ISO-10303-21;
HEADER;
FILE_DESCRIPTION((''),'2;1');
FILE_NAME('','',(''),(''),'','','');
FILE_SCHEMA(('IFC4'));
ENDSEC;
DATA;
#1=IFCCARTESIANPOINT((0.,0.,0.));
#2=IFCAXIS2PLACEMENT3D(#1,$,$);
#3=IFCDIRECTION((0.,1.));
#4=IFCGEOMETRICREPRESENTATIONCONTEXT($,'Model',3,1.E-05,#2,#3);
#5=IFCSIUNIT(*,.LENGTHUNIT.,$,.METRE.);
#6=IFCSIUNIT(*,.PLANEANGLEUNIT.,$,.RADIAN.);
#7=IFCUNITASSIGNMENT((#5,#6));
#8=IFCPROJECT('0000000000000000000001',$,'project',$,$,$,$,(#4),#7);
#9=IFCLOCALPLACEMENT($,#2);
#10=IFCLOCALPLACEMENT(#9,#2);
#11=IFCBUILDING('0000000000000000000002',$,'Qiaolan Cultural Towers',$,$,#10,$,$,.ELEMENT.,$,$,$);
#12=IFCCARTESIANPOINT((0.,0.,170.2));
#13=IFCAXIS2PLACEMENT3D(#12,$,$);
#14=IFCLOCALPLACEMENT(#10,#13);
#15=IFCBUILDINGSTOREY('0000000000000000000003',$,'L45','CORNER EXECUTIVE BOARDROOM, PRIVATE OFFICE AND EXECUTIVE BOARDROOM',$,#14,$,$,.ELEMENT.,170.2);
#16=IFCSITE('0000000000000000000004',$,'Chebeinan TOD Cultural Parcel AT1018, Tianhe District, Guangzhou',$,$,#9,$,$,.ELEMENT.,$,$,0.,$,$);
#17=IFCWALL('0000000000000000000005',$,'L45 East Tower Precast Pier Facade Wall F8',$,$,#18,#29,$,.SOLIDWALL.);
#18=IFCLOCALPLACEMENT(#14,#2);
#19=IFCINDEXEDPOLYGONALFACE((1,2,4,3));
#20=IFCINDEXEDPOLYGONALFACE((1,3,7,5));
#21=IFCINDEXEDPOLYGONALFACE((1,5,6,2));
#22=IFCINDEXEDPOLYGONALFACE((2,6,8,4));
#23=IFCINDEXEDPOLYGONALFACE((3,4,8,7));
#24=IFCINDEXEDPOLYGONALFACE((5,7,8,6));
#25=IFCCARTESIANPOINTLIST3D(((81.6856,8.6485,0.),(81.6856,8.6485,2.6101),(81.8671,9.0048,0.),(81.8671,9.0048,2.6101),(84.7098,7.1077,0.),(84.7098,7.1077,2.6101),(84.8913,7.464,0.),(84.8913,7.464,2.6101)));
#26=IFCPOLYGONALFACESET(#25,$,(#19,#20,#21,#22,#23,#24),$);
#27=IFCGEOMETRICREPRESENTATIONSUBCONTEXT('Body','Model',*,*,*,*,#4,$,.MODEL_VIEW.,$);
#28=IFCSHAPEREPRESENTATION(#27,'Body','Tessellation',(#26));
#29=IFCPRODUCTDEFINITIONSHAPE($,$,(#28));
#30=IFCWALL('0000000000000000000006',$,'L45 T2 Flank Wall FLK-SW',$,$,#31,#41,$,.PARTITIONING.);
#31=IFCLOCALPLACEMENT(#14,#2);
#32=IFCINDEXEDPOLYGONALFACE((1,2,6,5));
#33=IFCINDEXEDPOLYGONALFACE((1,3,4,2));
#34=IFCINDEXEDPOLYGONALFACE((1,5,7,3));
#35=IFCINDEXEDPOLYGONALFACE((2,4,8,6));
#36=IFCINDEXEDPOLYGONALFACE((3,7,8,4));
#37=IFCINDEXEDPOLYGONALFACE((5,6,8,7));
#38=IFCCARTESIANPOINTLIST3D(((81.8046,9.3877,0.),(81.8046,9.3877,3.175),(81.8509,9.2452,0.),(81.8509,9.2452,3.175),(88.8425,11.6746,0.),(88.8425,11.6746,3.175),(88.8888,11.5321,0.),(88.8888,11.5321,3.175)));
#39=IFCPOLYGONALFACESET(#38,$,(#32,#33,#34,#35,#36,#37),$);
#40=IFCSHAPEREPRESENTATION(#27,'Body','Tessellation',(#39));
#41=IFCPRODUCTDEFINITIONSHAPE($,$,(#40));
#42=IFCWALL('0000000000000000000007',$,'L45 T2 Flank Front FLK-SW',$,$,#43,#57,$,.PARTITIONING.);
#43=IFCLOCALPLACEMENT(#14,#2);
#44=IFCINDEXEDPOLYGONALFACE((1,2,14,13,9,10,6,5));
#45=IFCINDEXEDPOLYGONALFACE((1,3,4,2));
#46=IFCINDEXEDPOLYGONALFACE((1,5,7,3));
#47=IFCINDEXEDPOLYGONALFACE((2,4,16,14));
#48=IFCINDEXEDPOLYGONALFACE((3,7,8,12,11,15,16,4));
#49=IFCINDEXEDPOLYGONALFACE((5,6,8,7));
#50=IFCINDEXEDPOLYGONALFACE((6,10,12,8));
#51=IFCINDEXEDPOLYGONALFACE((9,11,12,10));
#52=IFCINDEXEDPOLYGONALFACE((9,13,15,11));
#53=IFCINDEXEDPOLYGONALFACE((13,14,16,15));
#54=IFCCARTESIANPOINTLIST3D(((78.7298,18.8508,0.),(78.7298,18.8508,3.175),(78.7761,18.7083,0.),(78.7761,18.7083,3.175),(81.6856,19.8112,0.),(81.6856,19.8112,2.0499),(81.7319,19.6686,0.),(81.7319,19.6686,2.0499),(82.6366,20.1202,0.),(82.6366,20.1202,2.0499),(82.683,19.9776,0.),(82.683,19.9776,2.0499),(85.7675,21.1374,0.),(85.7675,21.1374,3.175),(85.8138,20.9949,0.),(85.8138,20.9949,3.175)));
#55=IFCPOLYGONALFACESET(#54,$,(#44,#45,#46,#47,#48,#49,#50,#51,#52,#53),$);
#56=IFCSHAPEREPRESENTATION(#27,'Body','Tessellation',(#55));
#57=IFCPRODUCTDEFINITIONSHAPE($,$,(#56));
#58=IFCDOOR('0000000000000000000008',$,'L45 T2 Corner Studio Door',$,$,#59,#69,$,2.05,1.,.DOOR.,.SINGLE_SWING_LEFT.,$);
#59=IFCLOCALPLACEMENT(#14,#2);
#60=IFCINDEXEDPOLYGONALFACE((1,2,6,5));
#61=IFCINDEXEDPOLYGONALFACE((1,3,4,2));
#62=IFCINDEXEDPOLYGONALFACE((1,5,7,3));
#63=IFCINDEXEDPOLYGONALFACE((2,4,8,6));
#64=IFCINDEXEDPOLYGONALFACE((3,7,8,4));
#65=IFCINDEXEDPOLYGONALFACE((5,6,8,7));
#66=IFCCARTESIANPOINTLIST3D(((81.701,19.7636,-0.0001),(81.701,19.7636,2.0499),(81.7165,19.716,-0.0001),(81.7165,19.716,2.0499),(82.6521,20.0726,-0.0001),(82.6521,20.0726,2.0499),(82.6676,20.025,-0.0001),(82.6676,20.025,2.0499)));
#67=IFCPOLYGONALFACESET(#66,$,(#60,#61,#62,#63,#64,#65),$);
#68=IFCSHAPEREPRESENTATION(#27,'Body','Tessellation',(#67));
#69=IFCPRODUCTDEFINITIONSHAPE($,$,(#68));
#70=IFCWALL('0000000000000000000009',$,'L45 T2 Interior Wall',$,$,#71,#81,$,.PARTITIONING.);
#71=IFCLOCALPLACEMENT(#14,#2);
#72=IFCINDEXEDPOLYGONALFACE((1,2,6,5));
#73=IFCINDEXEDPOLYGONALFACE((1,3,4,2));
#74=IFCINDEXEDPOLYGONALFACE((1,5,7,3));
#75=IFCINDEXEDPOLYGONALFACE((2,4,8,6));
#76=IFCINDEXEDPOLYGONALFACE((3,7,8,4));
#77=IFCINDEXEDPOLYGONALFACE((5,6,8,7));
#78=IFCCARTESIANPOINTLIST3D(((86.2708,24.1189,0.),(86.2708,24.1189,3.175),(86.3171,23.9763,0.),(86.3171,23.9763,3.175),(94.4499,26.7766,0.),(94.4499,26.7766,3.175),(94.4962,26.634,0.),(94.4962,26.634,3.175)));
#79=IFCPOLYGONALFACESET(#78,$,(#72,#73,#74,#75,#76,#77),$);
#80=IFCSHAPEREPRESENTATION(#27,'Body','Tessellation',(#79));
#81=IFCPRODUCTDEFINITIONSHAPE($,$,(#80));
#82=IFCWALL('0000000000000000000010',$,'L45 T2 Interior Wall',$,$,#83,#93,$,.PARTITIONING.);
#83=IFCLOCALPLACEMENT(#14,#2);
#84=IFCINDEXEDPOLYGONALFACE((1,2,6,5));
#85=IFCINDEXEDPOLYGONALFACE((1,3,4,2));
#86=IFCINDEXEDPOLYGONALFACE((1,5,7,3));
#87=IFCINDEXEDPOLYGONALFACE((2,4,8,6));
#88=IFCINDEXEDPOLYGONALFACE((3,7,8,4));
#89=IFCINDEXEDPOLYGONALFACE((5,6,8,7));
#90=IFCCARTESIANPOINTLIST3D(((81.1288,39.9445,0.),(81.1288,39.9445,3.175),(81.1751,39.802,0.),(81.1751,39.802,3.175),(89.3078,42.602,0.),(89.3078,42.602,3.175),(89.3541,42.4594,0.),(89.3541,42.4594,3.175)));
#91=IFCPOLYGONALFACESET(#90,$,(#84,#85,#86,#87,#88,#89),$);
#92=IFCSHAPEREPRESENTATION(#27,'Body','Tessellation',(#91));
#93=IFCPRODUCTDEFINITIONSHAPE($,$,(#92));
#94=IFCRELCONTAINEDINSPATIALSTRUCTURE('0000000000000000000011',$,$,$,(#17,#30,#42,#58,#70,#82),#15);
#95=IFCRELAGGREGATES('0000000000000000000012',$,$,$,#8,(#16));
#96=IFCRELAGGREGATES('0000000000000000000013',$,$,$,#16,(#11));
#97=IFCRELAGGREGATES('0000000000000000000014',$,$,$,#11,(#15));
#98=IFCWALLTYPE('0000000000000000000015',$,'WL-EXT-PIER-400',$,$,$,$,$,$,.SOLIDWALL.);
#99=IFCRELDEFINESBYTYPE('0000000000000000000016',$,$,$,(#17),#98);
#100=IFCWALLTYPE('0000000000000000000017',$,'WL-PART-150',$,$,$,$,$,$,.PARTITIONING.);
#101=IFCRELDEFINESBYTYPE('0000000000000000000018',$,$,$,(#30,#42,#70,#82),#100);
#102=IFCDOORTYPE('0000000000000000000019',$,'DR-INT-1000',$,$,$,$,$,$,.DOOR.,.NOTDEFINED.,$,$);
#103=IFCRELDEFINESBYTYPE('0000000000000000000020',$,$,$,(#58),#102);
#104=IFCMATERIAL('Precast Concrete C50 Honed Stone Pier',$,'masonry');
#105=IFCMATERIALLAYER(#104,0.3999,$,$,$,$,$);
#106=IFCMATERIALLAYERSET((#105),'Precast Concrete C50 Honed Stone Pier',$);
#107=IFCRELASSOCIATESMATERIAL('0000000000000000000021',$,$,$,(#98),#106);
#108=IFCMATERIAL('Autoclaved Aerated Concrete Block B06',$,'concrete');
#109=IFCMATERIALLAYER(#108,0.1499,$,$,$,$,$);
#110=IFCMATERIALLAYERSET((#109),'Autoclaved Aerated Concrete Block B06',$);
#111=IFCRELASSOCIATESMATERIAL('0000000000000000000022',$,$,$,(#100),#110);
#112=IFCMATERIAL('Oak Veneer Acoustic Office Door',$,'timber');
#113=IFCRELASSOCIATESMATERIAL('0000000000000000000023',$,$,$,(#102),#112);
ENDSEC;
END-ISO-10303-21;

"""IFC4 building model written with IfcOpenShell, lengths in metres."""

from ifc_helpers import new_model, si_unit, direction, frame, frame_2d, origin, place, context, subcontext, project, spatial, rectangle, extrude, material, layer, layer_set, type_object, element, fill, save


model = new_model("IFC4")

# Units and contexts
model_context = context("Model", 3, precision=1e-05, world=origin(), true_north=direction((0.0, 1.0)))
body_context = subcontext(model_context, "Body", "Model", "MODEL_VIEW")
ifc_project = project(units=[si_unit("LENGTHUNIT", "METRE"), si_unit("PLANEANGLEUNIT", "RADIAN")], contexts=[model_context])

# Site, building, storey
site_placement = place(None, origin())
site = spatial("IfcSite", under=ifc_project, at=site_placement, Name="Chebeinan TOD Cultural Parcel AT1018, Tianhe District, Guangzhou", CompositionType="ELEMENT", RefElevation=0.0)
building_placement = place(site_placement, origin())
building = spatial("IfcBuilding", under=site, at=building_placement, Name="Qiaolan Cultural Towers", CompositionType="ELEMENT")
storey_placement = place(building_placement, frame((0.0, 0.0, 170.2)))
storey = spatial("IfcBuildingStorey", under=building, at=storey_placement, Name="L45", Description="CORNER EXECUTIVE BOARDROOM, PRIVATE OFFICE AND EXECUTIVE BOARDROOM", CompositionType="ELEMENT", Elevation=170.2)

# Walls
ifc_material_1 = material(Name="Precast Concrete C50 Honed Stone Pier", Category="masonry")
ifc_layer_1 = layer(ifc_material_1, 0.3999)
ifc_layer_set_1 = layer_set([ifc_layer_1], Name="Precast Concrete C50 Honed Stone Pier")
wall_type_1 = type_object("IfcWallType", Name="WL-EXT-PIER-400", PredefinedType="SOLIDWALL", material=ifc_layer_set_1)
wall_1_placement = place(storey_placement, frame((84.8005, 7.2859, 0.0), z_axis=(0.0, 0.0, 1.0), x_axis=(-0.891021, 0.453962, 0.0)))
element("IfcWall", 1, at=wall_1_placement, inside=storey, type_object=wall_type_1, Name="L45 East Tower Precast Pier Facade Wall F8", PredefinedType="SOLIDWALL", context=body_context, shape_type="SweptSolid", body=[
    extrude(rectangle(XDim=3.394, YDim=0.3999, at=frame_2d((1.697, 0.0))), origin(), (0.0, 0.0, 1.0), 2.6101),
])
ifc_material_2 = material(Name="Autoclaved Aerated Concrete Block B06", Category="concrete")
ifc_layer_2 = layer(ifc_material_2, 0.1499)
ifc_layer_set_2 = layer_set([ifc_layer_2], Name="Autoclaved Aerated Concrete Block B06")
wall_type_2 = type_object("IfcWallType", Name="WL-PART-150", PredefinedType="PARTITIONING", material=ifc_layer_set_2)
wall_2_placement = place(storey_placement, frame((81.8276, 9.3164, 0.0), z_axis=(0.0, 0.0, 1.0), x_axis=(0.951051, 0.309033, 0.0)))
element("IfcWall", 2, at=wall_2_placement, inside=storey, type_object=wall_type_2, Name="L45 T2 Flank Wall FLK-SW", PredefinedType="PARTITIONING", context=body_context, shape_type="SweptSolid", body=[
    extrude(rectangle(XDim=7.4001, YDim=0.1499, at=frame_2d((3.7002, 0.0))), origin(), (0.0, 0.0, 1.0), 3.175),
])

# Wall, opening, door
wall_3_placement = place(storey_placement, frame((78.7529, 18.7795, 0.0), z_axis=(0.0, 0.0, 1.0), x_axis=(0.951061, 0.309003, 0.0)))
wall_3 = element("IfcWall", 3, at=wall_3_placement, inside=storey, type_object=wall_type_2, Name="L45 T2 Flank Front FLK-SW", PredefinedType="PARTITIONING", context=body_context, shape_type="SweptSolid", body=[
    extrude(rectangle(XDim=7.3999, YDim=0.1499, at=frame_2d((3.7, 0.0))), origin(), (0.0, 0.0, 1.0), 3.175),
])
opening_1_placement = place(wall_3_placement, frame((3.1079, 0.0, 0.0)))
opening_1 = element("IfcOpeningElement", 4, at=opening_1_placement, cuts=wall_3, PredefinedType="OPENING", context=body_context, shape_type="SweptSolid", body=[
    extrude(rectangle(XDim=1.0, YDim=2.05, at=frame_2d((0.5, 1.0249))), frame((0.0, 0.085, 0.0), z_axis=(0.0, -1.0, 0.0), x_axis=(1.0, 0.0, 0.0)), (0.0, 0.0, 1.0), 0.1699),
])
ifc_material_3 = material(Name="Oak Veneer Acoustic Office Door", Category="timber")
door_type_1 = type_object("IfcDoorType", Name="DR-INT-1000", OperationType="NOTDEFINED", PredefinedType="DOOR", material=ifc_material_3)
door_1_placement = place(opening_1_placement, origin())
door_1 = element("IfcDoor", 5, at=door_1_placement, inside=storey, type_object=door_type_1, Name="L45 T2 Corner Studio Door", OperationType="SINGLE_SWING_LEFT", OverallHeight=2.05, OverallWidth=1.0, PredefinedType="DOOR", context=body_context, shape_type="SweptSolid", body=[
    extrude(rectangle(XDim=1.0, YDim=2.05, at=frame_2d((0.5, 1.0249))), frame((0.0, 0.0249, 0.0), z_axis=(0.0, -1.0, 0.0), x_axis=(1.0, 0.0, 0.0)), (0.0, 0.0, 1.0), 0.05),
])
fill(opening_1, door_1)

# Walls
wall_4_placement = place(storey_placement, frame((86.2939, 24.0476, 0.0), z_axis=(0.0, 0.0, 1.0), x_axis=(0.951052, 0.309031, 0.0)))
element("IfcWall", 6, at=wall_4_placement, inside=storey, type_object=wall_type_2, Name="L45 T2 Interior Wall", PredefinedType="PARTITIONING", context=body_context, shape_type="SweptSolid", body=[
    extrude(rectangle(XDim=8.6001, YDim=0.1499, at=frame_2d((4.3, 0.0))), origin(), (0.0, 0.0, 1.0), 3.175),
])
wall_5_placement = place(storey_placement, frame((81.1521, 39.8733, 0.0), z_axis=(0.0, 0.0, 1.0), x_axis=(0.951058, 0.309014, 0.0)))
element("IfcWall", 7, at=wall_5_placement, inside=storey, type_object=wall_type_2, Name="L45 T2 Interior Wall", PredefinedType="PARTITIONING", context=body_context, shape_type="SweptSolid", body=[
    extrude(rectangle(XDim=8.5999, YDim=0.1499, at=frame_2d((4.2998, 0.0))), origin(), (0.0, 0.0, 1.0), 3.175),
])

save(model, "model.ifc")
